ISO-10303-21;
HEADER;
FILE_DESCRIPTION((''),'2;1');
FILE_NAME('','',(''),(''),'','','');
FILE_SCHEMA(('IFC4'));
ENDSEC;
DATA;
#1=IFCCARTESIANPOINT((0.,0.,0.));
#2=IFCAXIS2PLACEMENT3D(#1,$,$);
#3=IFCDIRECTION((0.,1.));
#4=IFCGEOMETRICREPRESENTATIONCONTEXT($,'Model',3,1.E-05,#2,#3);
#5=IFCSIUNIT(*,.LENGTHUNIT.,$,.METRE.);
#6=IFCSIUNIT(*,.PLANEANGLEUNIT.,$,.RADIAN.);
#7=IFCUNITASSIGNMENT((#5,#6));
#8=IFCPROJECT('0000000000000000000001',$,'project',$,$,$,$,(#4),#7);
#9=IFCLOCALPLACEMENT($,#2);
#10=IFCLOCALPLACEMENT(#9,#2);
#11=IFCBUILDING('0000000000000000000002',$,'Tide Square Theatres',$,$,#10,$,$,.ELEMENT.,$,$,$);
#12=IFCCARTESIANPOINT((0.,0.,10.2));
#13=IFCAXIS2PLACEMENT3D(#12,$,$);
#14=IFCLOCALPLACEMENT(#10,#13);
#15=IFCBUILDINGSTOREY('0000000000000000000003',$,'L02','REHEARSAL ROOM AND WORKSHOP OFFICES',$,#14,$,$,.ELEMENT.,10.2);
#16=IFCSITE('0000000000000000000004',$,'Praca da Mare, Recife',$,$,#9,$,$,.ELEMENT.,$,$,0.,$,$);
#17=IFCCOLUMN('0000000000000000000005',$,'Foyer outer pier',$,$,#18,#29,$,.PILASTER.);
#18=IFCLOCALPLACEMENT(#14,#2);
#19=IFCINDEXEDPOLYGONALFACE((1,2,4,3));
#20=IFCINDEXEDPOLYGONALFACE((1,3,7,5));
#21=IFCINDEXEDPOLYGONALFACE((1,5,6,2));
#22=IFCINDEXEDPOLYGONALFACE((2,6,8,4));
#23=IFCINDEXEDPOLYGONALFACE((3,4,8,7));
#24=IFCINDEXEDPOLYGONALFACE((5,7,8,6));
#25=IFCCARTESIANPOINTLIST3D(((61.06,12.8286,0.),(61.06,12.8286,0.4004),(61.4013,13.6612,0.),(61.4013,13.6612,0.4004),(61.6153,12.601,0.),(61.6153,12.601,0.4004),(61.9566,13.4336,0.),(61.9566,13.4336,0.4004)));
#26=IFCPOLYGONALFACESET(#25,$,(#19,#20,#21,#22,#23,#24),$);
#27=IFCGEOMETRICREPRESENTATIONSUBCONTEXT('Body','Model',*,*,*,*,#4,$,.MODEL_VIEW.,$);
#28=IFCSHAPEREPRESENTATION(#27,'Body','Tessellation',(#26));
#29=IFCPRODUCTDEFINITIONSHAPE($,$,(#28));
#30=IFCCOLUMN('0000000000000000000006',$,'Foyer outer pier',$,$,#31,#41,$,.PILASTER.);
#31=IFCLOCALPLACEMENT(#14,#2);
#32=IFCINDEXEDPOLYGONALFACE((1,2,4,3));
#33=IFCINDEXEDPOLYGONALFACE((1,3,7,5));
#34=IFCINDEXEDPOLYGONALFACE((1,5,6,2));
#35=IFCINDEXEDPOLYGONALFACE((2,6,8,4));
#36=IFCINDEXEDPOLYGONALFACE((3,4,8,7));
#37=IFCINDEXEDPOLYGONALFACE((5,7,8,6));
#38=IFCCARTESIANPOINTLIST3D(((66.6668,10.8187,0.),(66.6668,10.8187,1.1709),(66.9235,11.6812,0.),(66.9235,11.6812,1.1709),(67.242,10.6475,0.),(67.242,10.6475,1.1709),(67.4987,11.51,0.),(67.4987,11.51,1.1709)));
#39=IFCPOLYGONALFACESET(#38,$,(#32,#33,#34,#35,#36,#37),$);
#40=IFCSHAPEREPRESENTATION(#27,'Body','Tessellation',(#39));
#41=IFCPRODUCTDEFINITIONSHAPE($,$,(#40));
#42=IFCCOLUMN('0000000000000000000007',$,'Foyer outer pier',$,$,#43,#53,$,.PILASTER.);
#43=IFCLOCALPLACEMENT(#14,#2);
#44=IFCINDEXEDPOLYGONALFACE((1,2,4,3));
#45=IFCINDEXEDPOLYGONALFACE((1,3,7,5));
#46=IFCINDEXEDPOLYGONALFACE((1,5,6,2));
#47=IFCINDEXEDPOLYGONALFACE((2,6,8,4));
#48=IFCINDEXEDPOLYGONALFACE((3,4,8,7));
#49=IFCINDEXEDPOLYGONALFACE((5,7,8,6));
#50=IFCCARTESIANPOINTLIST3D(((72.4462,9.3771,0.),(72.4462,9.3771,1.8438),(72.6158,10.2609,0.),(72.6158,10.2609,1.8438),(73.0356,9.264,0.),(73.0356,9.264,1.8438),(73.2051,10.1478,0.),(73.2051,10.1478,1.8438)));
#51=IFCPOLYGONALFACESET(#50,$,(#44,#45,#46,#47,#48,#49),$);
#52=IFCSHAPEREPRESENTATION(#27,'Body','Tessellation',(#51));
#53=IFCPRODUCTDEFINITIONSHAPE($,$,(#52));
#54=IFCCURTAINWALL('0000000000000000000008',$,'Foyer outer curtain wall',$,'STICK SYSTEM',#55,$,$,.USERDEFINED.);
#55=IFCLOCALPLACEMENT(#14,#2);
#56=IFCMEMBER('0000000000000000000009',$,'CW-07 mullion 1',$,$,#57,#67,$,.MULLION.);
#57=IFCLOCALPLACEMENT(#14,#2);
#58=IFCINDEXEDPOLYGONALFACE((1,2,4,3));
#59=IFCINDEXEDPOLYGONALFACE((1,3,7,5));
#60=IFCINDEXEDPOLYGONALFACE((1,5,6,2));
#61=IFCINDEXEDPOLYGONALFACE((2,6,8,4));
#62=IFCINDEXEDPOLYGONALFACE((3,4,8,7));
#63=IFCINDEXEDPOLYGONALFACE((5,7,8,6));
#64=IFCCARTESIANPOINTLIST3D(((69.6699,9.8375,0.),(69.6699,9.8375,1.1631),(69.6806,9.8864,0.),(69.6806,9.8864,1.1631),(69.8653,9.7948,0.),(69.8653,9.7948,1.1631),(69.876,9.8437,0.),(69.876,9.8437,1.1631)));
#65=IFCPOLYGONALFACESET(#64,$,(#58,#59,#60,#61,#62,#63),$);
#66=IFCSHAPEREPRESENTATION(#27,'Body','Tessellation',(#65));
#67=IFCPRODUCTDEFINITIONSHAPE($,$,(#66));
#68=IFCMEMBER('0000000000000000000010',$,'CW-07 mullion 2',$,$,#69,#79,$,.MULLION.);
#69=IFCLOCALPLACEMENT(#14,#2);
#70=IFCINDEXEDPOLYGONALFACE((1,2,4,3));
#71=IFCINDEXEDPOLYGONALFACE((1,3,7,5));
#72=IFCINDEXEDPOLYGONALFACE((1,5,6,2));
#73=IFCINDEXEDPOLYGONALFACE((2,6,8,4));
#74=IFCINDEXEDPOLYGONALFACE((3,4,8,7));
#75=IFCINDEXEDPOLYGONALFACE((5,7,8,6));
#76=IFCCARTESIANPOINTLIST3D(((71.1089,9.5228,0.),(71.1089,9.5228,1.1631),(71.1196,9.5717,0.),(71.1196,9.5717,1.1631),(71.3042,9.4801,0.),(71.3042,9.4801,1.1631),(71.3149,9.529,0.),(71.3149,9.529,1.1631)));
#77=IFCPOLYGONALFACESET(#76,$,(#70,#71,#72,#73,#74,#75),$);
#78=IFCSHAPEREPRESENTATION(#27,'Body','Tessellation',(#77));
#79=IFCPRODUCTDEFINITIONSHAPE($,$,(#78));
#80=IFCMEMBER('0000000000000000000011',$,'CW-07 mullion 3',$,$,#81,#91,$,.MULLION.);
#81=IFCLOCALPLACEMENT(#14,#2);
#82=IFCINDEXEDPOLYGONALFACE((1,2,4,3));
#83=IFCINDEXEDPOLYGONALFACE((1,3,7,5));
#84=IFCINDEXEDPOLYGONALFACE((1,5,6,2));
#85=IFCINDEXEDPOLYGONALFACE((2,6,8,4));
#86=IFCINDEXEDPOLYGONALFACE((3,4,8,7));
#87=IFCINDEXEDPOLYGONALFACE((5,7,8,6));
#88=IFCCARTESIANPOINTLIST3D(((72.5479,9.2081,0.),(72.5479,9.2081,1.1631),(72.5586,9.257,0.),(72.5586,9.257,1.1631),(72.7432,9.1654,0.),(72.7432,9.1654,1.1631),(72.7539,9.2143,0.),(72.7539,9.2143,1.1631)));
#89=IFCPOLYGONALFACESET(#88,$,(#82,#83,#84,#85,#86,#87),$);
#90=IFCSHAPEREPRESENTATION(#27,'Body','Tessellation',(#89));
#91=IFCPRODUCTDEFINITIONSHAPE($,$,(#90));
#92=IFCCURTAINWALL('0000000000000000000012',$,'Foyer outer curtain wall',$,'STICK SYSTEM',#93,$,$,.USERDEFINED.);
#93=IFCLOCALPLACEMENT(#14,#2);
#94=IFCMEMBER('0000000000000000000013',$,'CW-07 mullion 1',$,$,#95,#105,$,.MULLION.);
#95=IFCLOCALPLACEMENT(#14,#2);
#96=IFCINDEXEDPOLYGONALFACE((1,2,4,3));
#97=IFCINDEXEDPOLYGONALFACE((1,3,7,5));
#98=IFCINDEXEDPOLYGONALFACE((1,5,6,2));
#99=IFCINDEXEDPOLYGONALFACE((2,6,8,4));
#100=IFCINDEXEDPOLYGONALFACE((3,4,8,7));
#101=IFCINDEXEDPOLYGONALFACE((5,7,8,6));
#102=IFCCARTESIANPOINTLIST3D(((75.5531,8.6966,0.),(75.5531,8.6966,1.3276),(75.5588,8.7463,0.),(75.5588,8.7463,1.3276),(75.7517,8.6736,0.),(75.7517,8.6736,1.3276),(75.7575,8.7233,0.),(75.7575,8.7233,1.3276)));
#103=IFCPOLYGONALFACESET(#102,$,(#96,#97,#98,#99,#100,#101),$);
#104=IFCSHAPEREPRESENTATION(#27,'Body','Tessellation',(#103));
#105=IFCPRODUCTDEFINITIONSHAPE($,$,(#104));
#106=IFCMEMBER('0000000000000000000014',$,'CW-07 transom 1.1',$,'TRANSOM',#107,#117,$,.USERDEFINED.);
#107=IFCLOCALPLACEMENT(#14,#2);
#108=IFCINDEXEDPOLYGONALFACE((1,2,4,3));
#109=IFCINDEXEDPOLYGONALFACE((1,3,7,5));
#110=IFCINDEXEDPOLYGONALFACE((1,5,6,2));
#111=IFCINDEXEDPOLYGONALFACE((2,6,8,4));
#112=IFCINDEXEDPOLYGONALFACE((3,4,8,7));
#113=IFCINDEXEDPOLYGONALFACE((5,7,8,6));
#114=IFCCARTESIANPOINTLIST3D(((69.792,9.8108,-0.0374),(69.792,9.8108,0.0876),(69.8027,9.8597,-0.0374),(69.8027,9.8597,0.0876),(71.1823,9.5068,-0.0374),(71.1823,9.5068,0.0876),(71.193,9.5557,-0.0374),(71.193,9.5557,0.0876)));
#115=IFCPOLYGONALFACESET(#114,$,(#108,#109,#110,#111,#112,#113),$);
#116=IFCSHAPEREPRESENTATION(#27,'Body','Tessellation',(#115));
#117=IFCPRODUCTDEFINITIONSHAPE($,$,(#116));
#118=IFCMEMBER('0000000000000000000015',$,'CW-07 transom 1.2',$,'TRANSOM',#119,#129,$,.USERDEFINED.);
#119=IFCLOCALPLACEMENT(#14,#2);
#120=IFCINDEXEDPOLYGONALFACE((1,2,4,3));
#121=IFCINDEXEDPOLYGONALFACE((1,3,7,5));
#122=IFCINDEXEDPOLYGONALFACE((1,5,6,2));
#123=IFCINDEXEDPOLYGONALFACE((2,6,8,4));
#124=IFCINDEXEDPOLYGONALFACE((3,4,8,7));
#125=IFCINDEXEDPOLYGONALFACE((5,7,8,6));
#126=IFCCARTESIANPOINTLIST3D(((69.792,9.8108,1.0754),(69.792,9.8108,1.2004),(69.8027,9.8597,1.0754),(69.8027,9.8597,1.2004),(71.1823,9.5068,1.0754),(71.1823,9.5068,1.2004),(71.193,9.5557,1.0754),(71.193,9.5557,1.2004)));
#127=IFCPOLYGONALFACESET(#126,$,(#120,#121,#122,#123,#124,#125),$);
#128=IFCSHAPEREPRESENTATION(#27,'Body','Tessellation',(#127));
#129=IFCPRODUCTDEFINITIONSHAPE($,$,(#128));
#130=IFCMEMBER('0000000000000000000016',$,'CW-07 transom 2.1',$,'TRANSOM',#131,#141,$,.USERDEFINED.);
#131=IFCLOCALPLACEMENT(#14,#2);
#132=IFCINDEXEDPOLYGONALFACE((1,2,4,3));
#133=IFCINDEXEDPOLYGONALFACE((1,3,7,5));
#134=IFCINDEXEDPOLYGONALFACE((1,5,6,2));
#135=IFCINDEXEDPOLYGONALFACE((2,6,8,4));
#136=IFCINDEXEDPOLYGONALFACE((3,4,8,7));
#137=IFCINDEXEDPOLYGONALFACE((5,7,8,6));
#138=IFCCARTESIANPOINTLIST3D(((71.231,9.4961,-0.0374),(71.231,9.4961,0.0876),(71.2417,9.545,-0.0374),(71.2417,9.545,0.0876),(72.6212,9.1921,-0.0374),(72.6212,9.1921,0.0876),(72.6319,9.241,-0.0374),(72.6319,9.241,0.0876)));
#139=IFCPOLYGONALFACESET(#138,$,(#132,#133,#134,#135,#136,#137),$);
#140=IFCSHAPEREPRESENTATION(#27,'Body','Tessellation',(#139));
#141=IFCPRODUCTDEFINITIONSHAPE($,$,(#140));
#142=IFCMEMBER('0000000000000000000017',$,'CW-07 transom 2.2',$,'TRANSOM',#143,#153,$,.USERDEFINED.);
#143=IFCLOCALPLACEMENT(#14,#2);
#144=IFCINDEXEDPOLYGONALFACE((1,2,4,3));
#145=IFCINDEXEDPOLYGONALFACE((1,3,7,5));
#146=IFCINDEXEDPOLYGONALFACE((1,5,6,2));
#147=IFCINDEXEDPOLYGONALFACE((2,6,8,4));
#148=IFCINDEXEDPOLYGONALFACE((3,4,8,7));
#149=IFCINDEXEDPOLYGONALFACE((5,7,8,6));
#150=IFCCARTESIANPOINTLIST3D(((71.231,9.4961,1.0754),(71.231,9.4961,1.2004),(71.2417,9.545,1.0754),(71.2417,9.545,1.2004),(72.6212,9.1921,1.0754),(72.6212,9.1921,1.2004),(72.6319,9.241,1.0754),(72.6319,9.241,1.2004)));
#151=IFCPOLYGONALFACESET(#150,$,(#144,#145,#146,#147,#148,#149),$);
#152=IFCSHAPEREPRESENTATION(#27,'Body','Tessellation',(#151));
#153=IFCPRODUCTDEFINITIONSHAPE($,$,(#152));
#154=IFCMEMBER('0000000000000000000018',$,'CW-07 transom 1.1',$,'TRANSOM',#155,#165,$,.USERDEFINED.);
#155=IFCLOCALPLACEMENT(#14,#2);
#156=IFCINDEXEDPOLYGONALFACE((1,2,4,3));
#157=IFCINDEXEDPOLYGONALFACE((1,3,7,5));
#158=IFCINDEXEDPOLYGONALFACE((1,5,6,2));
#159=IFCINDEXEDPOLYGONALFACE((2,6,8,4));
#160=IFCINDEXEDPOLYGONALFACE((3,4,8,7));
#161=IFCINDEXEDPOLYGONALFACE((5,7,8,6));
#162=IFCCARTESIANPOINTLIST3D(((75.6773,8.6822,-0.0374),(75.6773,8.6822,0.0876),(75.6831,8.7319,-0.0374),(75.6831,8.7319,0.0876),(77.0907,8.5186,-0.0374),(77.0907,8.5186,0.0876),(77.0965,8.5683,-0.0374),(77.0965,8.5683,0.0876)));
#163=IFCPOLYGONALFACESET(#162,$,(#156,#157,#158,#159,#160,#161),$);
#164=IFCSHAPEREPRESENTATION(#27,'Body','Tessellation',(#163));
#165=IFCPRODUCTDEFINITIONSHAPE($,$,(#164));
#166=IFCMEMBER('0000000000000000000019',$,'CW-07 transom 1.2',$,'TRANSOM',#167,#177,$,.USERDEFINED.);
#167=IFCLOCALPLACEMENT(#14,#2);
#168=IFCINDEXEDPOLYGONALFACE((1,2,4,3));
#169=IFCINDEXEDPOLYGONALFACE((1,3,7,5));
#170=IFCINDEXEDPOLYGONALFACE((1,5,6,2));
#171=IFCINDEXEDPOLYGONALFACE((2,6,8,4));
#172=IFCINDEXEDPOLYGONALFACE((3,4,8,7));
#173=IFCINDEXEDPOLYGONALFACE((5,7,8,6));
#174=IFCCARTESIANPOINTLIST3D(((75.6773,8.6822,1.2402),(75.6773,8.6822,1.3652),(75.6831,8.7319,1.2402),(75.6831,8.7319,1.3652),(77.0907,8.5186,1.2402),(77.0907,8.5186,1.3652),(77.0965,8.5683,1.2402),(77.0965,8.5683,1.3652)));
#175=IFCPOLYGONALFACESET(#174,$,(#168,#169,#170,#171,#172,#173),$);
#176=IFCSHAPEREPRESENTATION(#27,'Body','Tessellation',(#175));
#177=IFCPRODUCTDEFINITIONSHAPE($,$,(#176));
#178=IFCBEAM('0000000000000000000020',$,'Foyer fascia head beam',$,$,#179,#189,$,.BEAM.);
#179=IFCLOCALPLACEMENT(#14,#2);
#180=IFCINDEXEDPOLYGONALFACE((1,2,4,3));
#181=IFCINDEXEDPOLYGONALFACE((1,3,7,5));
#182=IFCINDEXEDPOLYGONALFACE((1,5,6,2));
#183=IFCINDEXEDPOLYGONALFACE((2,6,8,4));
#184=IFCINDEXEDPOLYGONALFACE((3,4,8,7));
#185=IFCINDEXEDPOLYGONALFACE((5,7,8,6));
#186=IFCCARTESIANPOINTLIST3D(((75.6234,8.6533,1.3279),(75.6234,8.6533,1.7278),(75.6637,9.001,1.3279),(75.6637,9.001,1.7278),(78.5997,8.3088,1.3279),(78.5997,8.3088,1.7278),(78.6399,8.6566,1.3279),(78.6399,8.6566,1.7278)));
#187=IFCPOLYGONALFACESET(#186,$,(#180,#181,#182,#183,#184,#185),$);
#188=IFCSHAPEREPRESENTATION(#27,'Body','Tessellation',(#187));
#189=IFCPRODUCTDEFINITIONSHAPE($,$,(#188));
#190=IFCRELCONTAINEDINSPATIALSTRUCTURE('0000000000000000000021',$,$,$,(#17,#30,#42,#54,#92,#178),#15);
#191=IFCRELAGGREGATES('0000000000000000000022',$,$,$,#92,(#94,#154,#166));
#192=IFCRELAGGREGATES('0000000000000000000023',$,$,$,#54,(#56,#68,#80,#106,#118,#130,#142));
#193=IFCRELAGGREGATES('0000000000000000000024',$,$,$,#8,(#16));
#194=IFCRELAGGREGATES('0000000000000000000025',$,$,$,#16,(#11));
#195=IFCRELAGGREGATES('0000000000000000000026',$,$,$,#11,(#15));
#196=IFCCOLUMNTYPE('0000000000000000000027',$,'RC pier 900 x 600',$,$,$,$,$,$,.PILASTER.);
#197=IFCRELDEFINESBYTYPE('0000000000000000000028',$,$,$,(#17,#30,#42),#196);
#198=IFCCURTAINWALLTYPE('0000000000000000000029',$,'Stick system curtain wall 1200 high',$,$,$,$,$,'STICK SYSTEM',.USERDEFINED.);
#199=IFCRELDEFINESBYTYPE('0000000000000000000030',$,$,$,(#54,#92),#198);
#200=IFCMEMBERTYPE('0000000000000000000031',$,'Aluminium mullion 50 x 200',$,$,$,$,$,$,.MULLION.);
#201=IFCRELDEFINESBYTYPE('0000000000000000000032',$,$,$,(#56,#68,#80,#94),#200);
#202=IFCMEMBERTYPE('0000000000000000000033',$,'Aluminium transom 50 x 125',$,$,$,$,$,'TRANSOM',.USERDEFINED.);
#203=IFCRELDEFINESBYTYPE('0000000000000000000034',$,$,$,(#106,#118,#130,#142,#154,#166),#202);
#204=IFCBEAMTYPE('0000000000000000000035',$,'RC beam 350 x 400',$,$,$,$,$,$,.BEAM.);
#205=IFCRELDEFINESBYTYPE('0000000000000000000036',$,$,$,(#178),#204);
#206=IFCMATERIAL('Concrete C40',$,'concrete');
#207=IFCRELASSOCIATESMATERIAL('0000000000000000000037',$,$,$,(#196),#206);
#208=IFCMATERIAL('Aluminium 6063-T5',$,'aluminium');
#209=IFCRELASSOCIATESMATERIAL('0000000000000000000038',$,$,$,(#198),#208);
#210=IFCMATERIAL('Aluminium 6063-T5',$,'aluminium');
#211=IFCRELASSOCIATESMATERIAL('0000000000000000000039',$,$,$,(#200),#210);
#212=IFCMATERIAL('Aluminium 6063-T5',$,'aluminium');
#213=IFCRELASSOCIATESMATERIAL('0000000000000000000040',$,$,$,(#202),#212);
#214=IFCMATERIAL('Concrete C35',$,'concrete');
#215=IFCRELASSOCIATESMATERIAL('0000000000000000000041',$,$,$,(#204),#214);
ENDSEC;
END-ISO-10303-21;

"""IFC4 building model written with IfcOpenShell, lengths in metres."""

from ifc_helpers import new_model, si_unit, direction, frame, origin, origin_2d, place, context, subcontext, project, spatial, rectangle, extrude, material, material_profile, profile_set, type_object, element, aggregate, save


model = new_model("IFC4")

# Units and contexts
model_context = context("Model", 3, precision=1e-05, world=origin(), true_north=direction((0.0, 1.0)))
body_context = subcontext(model_context, "Body", "Model", "MODEL_VIEW")
ifc_project = project(units=[si_unit("LENGTHUNIT", "METRE"), si_unit("PLANEANGLEUNIT", "RADIAN")], contexts=[model_context])

# Site, building, storey
site_placement = place(None, origin())
site = spatial("IfcSite", under=ifc_project, at=site_placement, Name="Praca da Mare, Recife", CompositionType="ELEMENT", RefElevation=0.0)
building_placement = place(site_placement, origin())
building = spatial("IfcBuilding", under=site, at=building_placement, Name="Tide Square Theatres", CompositionType="ELEMENT")
storey_placement = place(building_placement, frame((0.0, 0.0, 10.2)))
storey = spatial("IfcBuildingStorey", under=building, at=storey_placement, Name="L02", Description="REHEARSAL ROOM AND WORKSHOP OFFICES", CompositionType="ELEMENT", Elevation=10.2)

# Columns
ifc_material_1 = material(Name="Concrete C40", Category="concrete")
ifc_material_profile_1 = material_profile(ifc_material_1, rectangle(XDim=0.8999, YDim=0.6001, at=origin_2d()))
ifc_profile_set_1 = profile_set([ifc_material_profile_1], Name="Concrete C40")
column_type = type_object("IfcColumnType", Name="RC pier 900 x 600", PredefinedType="PILASTER", material=ifc_profile_set_1)
column_1_placement = place(storey_placement, frame((61.5083, 13.1311, 0.0), z_axis=(0.0, 0.0, 1.0), x_axis=(-0.379288, -0.925279, 0.0)))
element("IfcColumn", 1, at=column_1_placement, inside=storey, type_object=column_type, Name="Foyer outer pier", PredefinedType="PILASTER", context=body_context, shape_type="SweptSolid", body=[
    extrude(rectangle(XDim=0.8999, YDim=0.6001, at=origin_2d()), origin(), (0.0, 0.0, 1.0), 0.4004),
])
column_2_placement = place(storey_placement, frame((67.0828, 11.1643, 0.0), z_axis=(0.0, 0.0, 1.0), x_axis=(-0.285282, -0.958444, 0.0)))
element("IfcColumn", 2, at=column_2_placement, inside=storey, type_object=column_type, Name="Foyer outer pier", PredefinedType="PILASTER", context=body_context, shape_type="SweptSolid", body=[
    extrude(rectangle(XDim=0.8999, YDim=0.6001, at=origin_2d()), origin(), (0.0, 0.0, 1.0), 1.1709),
])
column_3_placement = place(storey_placement, frame((72.8257, 9.7625, 0.0), z_axis=(0.0, 0.0, 1.0), x_axis=(-0.188439, -0.982085, 0.0)))
element("IfcColumn", 3, at=column_3_placement, inside=storey, type_object=column_type, Name="Foyer outer pier", PredefinedType="PILASTER", context=body_context, shape_type="SweptSolid", body=[
    extrude(rectangle(XDim=0.8999, YDim=0.6001, at=origin_2d()), origin(), (0.0, 0.0, 1.0), 1.8438),
])

# Curtain wall, members
ifc_material_2 = material(Name="Aluminium 6063-T5", Category="aluminium")
curtain_wall_type = type_object("IfcCurtainWallType", Name="Stick system curtain wall 1200 high", ElementType="STICK SYSTEM", PredefinedType="USERDEFINED", material=ifc_material_2)
curtain_wall_1_placement = place(storey_placement, origin())
curtain_wall_1 = element("IfcCurtainWall", 4, at=curtain_wall_1_placement, inside=storey, type_object=curtain_wall_type, Name="Foyer outer curtain wall", ObjectType="STICK SYSTEM", PredefinedType="USERDEFINED")
ifc_material_3 = material(Name="Aluminium 6063-T5", Category="aluminium")
ifc_material_profile_2 = material_profile(ifc_material_3, rectangle(XDim=0.05, YDim=0.2, at=origin_2d()))
ifc_profile_set_2 = profile_set([ifc_material_profile_2], Name="Aluminium 6063-T5")
member_type_1 = type_object("IfcMemberType", Name="Aluminium mullion 50 x 200", PredefinedType="MULLION", material=ifc_profile_set_2)
member_1_placement = place(storey_placement, frame((69.7729, 9.8406, 0.0), z_axis=(0.0, 0.0, 1.0), x_axis=(0.213653, 0.97691, 0.0)))
member_1 = element("IfcMember", 5, at=member_1_placement, type_object=member_type_1, Name="CW-07 mullion 1", PredefinedType="MULLION", context=body_context, shape_type="SweptSolid", body=[
    extrude(rectangle(XDim=0.05, YDim=0.2, at=origin_2d()), origin(), (0.0, 0.0, 1.0), 1.1631),
])
member_2_placement = place(storey_placement, frame((71.2119, 9.5259, 0.0), z_axis=(0.0, 0.0, 1.0), x_axis=(0.213653, 0.97691, 0.0)))
member_2 = element("IfcMember", 6, at=member_2_placement, type_object=member_type_1, Name="CW-07 mullion 2", PredefinedType="MULLION", context=body_context, shape_type="SweptSolid", body=[
    extrude(rectangle(XDim=0.05, YDim=0.2, at=origin_2d()), origin(), (0.0, 0.0, 1.0), 1.1631),
])
member_3_placement = place(storey_placement, frame((72.6509, 9.2112, 0.0), z_axis=(0.0, 0.0, 1.0), x_axis=(0.213653, 0.97691, 0.0)))
member_3 = element("IfcMember", 7, at=member_3_placement, type_object=member_type_1, Name="CW-07 mullion 3", PredefinedType="MULLION", context=body_context, shape_type="SweptSolid", body=[
    extrude(rectangle(XDim=0.05, YDim=0.2, at=origin_2d()), origin(), (0.0, 0.0, 1.0), 1.1631),
])

# Curtain wall, member
curtain_wall_2_placement = place(storey_placement, origin())
curtain_wall_2 = element("IfcCurtainWall", 8, at=curtain_wall_2_placement, inside=storey, type_object=curtain_wall_type, Name="Foyer outer curtain wall", ObjectType="STICK SYSTEM", PredefinedType="USERDEFINED")
member_4_placement = place(storey_placement, frame((75.6553, 8.71, 0.0), z_axis=(0.0, 0.0, 1.0), x_axis=(0.114955, 0.993371, 0.0)))
member_4 = element("IfcMember", 9, at=member_4_placement, type_object=member_type_1, Name="CW-07 mullion 1", PredefinedType="MULLION", context=body_context, shape_type="SweptSolid", body=[
    extrude(rectangle(XDim=0.05, YDim=0.2, at=origin_2d()), origin(), (0.0, 0.0, 1.0), 1.3276),
])

# Members
ifc_material_4 = material(Name="Aluminium 6063-T5", Category="aluminium")
ifc_material_profile_3 = material_profile(ifc_material_4, rectangle(XDim=0.05, YDim=0.125, at=origin_2d()))
ifc_profile_set_3 = profile_set([ifc_material_profile_3], Name="Aluminium 6063-T5")
member_type_2 = type_object("IfcMemberType", Name="Aluminium transom 50 x 125", ElementType="TRANSOM", PredefinedType="USERDEFINED", material=ifc_profile_set_3)
member_5_placement = place(storey_placement, frame((69.7974, 9.8352, 0.0251), z_axis=(0.97692, -0.213605, 0.0), x_axis=(0.213605, 0.97692, 0.0)))
member_5 = element("IfcMember", 10, at=member_5_placement, type_object=member_type_2, Name="CW-07 transom 1.1", ObjectType="TRANSOM", PredefinedType="USERDEFINED", context=body_context, shape_type="SweptSolid", body=[
    extrude(rectangle(XDim=0.05, YDim=0.125, at=origin_2d()), origin(), (0.0, 0.0, 1.0), 1.4231),
])
member_6_placement = place(storey_placement, frame((69.7974, 9.8352, 1.1379), z_axis=(0.97692, -0.213605, 0.0), x_axis=(0.213605, 0.97692, 0.0)))
member_6 = element("IfcMember", 11, at=member_6_placement, type_object=member_type_2, Name="CW-07 transom 1.2", ObjectType="TRANSOM", PredefinedType="USERDEFINED", context=body_context, shape_type="SweptSolid", body=[
    extrude(rectangle(XDim=0.05, YDim=0.125, at=origin_2d()), origin(), (0.0, 0.0, 1.0), 1.4231),
])
member_7_placement = place(storey_placement, frame((71.2363, 9.5205, 0.0251), z_axis=(0.97692, -0.213605, 0.0), x_axis=(0.213605, 0.97692, 0.0)))
member_7 = element("IfcMember", 12, at=member_7_placement, type_object=member_type_2, Name="CW-07 transom 2.1", ObjectType="TRANSOM", PredefinedType="USERDEFINED", context=body_context, shape_type="SweptSolid", body=[
    extrude(rectangle(XDim=0.05, YDim=0.125, at=origin_2d()), origin(), (0.0, 0.0, 1.0), 1.4231),
])
member_8_placement = place(storey_placement, frame((71.2363, 9.5205, 1.1379), z_axis=(0.97692, -0.213605, 0.0), x_axis=(0.213605, 0.97692, 0.0)))
member_8 = element("IfcMember", 13, at=member_8_placement, type_object=member_type_2, Name="CW-07 transom 2.2", ObjectType="TRANSOM", PredefinedType="USERDEFINED", context=body_context, shape_type="SweptSolid", body=[
    extrude(rectangle(XDim=0.05, YDim=0.125, at=origin_2d()), origin(), (0.0, 0.0, 1.0), 1.4231),
])
member_9_placement = place(storey_placement, frame((75.6802, 8.707, 0.0251), z_axis=(0.993369, -0.114969, 0.0), x_axis=(0.114969, 0.993369, 0.0)))
member_9 = element("IfcMember", 14, at=member_9_placement, type_object=member_type_2, Name="CW-07 transom 1.1", ObjectType="TRANSOM", PredefinedType="USERDEFINED", context=body_context, shape_type="SweptSolid", body=[
    extrude(rectangle(XDim=0.05, YDim=0.125, at=origin_2d()), origin(), (0.0, 0.0, 1.0), 1.4229),
])
member_10_placement = place(storey_placement, frame((75.6802, 8.707, 1.3027), z_axis=(0.993369, -0.114969, 0.0), x_axis=(0.114969, 0.993369, 0.0)))
member_10 = element("IfcMember", 15, at=member_10_placement, type_object=member_type_2, Name="CW-07 transom 1.2", ObjectType="TRANSOM", PredefinedType="USERDEFINED", context=body_context, shape_type="SweptSolid", body=[
    extrude(rectangle(XDim=0.05, YDim=0.125, at=origin_2d()), origin(), (0.0, 0.0, 1.0), 1.4229),
])
aggregate(curtain_wall_2, [member_4, member_9, member_10])

# Beam
ifc_material_5 = material(Name="Concrete C35", Category="concrete")
ifc_material_profile_4 = material_profile(ifc_material_5, rectangle(XDim=0.3501, YDim=0.3999, at=origin_2d()))
ifc_profile_set_4 = profile_set([ifc_material_profile_4], Name="Concrete C35")
beam_type = type_object("IfcBeamType", Name="RC beam 350 x 400", PredefinedType="BEAM", material=ifc_profile_set_4)
beam_placement = place(storey_placement, frame((75.6436, 8.8271, 1.5278), z_axis=(0.993369, -0.114974, 0.0), x_axis=(0.114974, 0.993369, 0.0)))
element("IfcBeam", 16, at=beam_placement, inside=storey, type_object=beam_type, Name="Foyer fascia head beam", PredefinedType="BEAM", context=body_context, shape_type="SweptSolid", body=[
    extrude(rectangle(XDim=0.3501, YDim=0.3999, at=origin_2d()), origin(), (0.0, 0.0, 1.0), 2.9961),
])

aggregate(curtain_wall_1, [member_1, member_2, member_3, member_5, member_6, member_7, member_8])

save(model, "model.ifc")
